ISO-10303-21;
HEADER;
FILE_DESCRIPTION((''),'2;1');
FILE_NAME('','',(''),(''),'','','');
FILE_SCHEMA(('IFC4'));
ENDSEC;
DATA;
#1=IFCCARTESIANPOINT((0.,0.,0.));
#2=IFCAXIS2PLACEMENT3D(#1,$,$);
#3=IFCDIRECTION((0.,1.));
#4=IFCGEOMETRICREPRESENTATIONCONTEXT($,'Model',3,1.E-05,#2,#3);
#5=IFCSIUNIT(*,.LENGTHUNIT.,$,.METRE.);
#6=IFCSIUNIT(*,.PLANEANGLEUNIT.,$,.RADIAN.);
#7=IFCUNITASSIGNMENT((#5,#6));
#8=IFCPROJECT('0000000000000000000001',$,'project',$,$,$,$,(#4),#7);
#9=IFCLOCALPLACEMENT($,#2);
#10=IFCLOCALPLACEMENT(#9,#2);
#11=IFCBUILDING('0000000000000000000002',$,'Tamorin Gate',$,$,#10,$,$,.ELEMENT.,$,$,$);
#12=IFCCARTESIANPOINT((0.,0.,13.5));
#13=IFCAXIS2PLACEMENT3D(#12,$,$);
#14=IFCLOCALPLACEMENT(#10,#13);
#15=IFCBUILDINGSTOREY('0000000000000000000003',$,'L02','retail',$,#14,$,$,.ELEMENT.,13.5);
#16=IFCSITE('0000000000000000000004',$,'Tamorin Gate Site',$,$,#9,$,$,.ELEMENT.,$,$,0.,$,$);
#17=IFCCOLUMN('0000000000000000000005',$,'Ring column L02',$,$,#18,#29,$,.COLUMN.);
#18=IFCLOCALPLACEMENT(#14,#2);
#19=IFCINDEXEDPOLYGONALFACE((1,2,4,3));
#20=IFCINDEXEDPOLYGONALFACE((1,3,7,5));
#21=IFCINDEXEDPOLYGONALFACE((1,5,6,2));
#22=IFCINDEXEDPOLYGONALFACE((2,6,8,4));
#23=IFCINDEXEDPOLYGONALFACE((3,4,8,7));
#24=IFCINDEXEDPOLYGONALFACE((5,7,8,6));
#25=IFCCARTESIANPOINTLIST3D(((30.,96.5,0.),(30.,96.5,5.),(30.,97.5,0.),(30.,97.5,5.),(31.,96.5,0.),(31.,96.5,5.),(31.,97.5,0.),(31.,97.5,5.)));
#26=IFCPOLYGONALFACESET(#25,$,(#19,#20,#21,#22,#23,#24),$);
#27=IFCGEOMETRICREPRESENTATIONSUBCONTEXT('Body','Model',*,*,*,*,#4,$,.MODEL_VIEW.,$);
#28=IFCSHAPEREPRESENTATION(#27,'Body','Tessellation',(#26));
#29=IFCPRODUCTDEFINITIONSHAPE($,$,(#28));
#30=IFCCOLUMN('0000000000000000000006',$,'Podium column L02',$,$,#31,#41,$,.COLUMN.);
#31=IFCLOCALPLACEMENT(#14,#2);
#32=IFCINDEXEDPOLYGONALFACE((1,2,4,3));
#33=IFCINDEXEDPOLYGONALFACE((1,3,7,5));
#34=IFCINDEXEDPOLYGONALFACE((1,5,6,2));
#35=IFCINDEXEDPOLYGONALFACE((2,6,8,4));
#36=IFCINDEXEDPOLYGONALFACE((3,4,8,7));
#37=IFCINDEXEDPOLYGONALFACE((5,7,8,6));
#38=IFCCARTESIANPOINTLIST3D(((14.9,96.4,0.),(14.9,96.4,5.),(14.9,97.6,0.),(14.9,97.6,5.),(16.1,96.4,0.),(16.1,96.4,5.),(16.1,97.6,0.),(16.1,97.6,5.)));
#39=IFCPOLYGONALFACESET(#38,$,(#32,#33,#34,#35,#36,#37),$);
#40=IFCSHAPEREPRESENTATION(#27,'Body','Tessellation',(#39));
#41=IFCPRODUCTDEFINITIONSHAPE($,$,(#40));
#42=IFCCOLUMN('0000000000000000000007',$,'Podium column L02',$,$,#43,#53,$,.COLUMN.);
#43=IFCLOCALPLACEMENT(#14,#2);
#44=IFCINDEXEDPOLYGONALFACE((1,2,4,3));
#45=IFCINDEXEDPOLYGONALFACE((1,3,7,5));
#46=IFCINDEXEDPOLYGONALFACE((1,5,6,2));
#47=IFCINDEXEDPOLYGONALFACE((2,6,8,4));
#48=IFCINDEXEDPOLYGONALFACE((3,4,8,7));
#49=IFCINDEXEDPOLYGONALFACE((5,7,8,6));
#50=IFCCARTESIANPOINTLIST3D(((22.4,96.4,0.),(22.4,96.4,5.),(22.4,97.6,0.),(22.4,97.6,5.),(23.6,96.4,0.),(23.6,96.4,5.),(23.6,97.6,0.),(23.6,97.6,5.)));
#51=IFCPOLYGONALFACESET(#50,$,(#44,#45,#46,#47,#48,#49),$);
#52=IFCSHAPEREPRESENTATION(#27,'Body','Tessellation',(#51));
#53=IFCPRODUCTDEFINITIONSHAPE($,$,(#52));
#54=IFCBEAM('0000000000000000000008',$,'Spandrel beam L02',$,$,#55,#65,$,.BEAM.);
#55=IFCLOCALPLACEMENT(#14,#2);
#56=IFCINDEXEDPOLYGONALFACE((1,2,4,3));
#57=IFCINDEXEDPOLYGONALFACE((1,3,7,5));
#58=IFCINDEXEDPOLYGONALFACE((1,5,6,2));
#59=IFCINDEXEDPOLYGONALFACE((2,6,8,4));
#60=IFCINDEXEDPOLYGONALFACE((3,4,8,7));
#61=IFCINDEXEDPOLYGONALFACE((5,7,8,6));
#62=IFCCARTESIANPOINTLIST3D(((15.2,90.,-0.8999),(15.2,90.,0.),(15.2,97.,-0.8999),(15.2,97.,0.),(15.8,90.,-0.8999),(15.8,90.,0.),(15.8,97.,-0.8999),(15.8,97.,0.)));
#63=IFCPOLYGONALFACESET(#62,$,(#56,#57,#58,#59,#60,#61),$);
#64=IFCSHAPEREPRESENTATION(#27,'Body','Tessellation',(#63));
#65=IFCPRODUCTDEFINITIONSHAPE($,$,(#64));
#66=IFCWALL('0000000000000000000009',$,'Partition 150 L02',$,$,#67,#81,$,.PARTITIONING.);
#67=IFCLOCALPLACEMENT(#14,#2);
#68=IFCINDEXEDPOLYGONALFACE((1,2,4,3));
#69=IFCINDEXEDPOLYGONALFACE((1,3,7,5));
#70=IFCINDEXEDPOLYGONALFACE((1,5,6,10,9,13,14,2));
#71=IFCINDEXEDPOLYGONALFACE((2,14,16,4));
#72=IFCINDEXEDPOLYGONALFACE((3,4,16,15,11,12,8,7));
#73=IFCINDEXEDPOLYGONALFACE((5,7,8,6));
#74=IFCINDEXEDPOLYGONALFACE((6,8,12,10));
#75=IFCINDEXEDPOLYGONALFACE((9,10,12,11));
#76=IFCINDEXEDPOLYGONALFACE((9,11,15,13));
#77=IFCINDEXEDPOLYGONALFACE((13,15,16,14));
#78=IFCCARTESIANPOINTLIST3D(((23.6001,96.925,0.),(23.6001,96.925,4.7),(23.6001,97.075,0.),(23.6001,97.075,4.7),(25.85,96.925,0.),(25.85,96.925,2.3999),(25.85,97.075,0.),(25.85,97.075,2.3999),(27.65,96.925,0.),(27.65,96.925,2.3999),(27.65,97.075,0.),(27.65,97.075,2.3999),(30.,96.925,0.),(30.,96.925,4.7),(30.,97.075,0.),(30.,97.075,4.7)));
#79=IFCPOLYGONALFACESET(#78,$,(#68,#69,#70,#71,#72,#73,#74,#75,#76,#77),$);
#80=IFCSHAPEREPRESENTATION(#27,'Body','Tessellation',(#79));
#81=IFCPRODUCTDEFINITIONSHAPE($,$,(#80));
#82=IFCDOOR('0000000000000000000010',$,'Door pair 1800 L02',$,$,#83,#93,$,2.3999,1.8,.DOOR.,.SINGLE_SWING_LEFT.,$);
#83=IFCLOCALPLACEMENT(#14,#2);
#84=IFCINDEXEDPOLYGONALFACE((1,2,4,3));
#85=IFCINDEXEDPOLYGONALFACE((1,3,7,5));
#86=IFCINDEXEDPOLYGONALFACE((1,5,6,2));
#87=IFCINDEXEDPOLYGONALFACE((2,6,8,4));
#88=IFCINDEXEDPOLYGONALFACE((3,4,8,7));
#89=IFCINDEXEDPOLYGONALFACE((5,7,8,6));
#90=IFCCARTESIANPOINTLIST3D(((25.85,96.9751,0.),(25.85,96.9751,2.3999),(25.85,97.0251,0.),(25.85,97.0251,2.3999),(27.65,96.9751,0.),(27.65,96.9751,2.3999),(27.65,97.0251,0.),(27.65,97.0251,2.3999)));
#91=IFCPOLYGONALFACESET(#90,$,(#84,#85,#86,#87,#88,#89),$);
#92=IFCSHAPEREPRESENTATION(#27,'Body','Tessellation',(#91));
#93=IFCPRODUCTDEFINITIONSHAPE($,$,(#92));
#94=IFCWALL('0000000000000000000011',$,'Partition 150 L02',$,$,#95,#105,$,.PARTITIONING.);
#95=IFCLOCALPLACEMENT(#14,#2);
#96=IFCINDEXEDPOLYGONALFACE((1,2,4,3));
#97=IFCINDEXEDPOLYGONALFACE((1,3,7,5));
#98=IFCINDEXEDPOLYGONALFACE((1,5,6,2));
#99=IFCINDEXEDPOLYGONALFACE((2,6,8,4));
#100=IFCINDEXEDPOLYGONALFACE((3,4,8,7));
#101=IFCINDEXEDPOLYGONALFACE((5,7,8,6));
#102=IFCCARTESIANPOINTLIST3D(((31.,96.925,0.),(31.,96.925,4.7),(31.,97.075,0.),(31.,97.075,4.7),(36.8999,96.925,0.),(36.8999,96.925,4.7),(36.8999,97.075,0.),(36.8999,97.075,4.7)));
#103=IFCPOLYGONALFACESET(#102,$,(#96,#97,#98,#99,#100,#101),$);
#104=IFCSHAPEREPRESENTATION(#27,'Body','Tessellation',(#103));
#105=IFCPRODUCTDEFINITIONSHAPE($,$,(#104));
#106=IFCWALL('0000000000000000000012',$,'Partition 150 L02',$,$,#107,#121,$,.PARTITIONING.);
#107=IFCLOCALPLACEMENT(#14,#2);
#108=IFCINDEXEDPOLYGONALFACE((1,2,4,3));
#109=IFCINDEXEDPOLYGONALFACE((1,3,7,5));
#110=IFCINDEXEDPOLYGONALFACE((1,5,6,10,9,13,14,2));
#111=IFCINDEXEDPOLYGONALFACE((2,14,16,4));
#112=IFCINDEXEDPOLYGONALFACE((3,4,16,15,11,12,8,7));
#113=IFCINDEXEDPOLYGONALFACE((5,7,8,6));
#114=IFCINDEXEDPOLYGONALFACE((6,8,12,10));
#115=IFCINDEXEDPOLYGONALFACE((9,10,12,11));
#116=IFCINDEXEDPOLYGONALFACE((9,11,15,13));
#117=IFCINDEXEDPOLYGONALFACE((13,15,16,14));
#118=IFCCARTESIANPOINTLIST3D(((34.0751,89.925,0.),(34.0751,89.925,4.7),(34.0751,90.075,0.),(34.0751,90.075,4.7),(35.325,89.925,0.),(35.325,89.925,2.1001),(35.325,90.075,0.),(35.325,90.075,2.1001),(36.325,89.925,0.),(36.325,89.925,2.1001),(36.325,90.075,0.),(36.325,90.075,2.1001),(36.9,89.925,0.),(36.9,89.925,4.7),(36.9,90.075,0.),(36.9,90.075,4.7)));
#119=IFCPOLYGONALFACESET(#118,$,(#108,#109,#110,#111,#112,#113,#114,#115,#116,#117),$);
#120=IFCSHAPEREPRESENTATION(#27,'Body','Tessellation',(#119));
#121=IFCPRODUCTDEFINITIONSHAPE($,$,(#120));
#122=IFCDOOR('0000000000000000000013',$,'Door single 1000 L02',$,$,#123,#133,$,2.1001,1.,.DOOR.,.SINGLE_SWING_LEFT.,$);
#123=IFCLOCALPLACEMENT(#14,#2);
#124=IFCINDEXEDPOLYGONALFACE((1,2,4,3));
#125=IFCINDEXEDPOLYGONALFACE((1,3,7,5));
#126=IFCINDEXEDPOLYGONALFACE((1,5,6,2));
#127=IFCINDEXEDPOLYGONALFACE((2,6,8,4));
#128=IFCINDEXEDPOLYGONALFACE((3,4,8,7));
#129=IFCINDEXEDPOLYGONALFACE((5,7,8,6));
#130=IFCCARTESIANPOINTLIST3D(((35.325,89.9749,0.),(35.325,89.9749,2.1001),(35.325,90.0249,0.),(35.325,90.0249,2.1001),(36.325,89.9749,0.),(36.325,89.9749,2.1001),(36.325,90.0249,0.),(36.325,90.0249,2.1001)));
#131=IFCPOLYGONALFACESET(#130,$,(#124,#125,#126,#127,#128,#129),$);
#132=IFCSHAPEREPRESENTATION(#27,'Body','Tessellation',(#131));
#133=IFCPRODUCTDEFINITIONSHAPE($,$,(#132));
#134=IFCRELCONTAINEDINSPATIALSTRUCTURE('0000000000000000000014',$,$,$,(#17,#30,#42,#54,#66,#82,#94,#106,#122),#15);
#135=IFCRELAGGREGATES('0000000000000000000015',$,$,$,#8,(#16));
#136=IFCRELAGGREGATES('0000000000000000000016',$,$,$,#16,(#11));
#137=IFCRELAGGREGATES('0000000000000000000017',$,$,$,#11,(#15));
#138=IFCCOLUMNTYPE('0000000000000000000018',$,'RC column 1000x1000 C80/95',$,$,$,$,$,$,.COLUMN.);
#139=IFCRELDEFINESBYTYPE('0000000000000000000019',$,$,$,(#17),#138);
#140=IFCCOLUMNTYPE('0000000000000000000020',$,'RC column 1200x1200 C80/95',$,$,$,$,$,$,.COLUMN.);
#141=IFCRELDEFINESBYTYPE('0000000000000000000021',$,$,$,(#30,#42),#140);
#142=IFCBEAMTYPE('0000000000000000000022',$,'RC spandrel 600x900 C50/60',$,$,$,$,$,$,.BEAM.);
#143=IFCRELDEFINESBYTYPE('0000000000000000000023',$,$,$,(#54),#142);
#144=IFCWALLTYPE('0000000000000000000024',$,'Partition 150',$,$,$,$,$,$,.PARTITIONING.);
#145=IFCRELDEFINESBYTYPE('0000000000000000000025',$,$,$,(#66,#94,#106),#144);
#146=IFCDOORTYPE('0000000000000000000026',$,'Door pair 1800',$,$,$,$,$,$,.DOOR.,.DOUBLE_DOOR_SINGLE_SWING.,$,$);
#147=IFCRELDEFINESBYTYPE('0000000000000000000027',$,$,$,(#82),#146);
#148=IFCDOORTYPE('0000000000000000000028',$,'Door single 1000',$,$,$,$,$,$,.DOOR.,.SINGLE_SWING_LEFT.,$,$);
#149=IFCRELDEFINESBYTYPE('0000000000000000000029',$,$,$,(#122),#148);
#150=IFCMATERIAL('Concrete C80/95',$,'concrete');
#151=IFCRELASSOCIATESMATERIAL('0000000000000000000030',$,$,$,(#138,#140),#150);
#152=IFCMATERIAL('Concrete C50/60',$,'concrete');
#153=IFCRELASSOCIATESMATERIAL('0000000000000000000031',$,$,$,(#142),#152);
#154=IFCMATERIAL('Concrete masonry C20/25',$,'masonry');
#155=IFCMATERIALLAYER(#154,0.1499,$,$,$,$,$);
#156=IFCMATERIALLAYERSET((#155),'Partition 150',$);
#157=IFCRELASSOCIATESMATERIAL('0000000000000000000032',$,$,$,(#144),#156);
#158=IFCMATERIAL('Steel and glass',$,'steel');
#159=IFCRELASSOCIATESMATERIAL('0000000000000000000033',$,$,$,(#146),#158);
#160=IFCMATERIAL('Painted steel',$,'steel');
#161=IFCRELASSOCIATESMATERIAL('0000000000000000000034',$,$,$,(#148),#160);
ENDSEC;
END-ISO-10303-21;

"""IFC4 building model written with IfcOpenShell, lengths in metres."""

from ifc_helpers import new_model, si_unit, direction, frame, frame_2d, origin, origin_2d, place, context, subcontext, project, spatial, rectangle, extrude, material, layer, layer_set, material_profile, profile_set, type_object, element, fill, save


model = new_model("IFC4")

# Units and contexts
model_context = context("Model", 3, precision=1e-05, world=origin(), true_north=direction((0.0, 1.0)))
body_context = subcontext(model_context, "Body", "Model", "MODEL_VIEW")
ifc_project = project(units=[si_unit("LENGTHUNIT", "METRE"), si_unit("PLANEANGLEUNIT", "RADIAN")], contexts=[model_context])

# Site, building, storey
site_placement = place(None, origin())
site = spatial("IfcSite", under=ifc_project, at=site_placement, Name="Tamorin Gate Site", CompositionType="ELEMENT", RefElevation=0.0)
building_placement = place(site_placement, origin())
building = spatial("IfcBuilding", under=site, at=building_placement, Name="Tamorin Gate", CompositionType="ELEMENT")
storey_placement = place(building_placement, frame((0.0, 0.0, 13.5)))
storey = spatial("IfcBuildingStorey", under=building, at=storey_placement, Name="L02", Description="retail", CompositionType="ELEMENT", Elevation=13.5)

# Columns
ifc_material_1 = material(Name="Concrete C80/95", Category="concrete")
ifc_material_profile_1 = material_profile(ifc_material_1, rectangle(XDim=1.0, YDim=1.0, at=origin_2d()), Name="RC 1000x1000")
ifc_profile_set_1 = profile_set([ifc_material_profile_1], Name="Concrete C80/95")
column_type_1 = type_object("IfcColumnType", Name="RC column 1000x1000 C80/95", PredefinedType="COLUMN", material=ifc_profile_set_1)
column_placement = place(storey_placement, frame((30.5, 97.0, 0.0), z_axis=(0.0, 0.0, 1.0), x_axis=(1.0, 0.0, 0.0)))
element("IfcColumn", 1, at=column_placement, inside=storey, type_object=column_type_1, Name="Ring column L02", PredefinedType="COLUMN", context=body_context, shape_type="SweptSolid", body=[
    extrude(rectangle(XDim=1.0, YDim=1.0, at=origin_2d()), origin(), (0.0, 0.0, 1.0), 5.0),
])
ifc_material_profile_2 = material_profile(ifc_material_1, rectangle(XDim=1.2, YDim=1.2, at=origin_2d()), Name="RC 1200x1200")
ifc_profile_set_2 = profile_set([ifc_material_profile_2], Name="Concrete C80/95")
column_type_2 = type_object("IfcColumnType", Name="RC column 1200x1200 C80/95", PredefinedType="COLUMN", material=ifc_profile_set_2)
for number, where, z_axis, x_axis, name in (
    (2, (15.5, 97.0, 0.0), (0.0, 0.0, 1.0), (1.0, 0.0, 0.0), "Podium column L02"),
    (3, (23.0, 97.0, 0.0), (0.0, 0.0, 1.0), (1.0, 0.0, 0.0), "Podium column L02"),
):
    element("IfcColumn", number, at=place(storey_placement, frame(where, z_axis=z_axis, x_axis=x_axis)), inside=storey, type_object=column_type_2, Name=name, PredefinedType="COLUMN", context=body_context, shape_type="SweptSolid", body=[
        extrude(rectangle(XDim=1.2, YDim=1.2, at=origin_2d()), origin(), (0.0, 0.0, 1.0), 5.0),
    ])

# Beam
ifc_material_2 = material(Name="Concrete C50/60", Category="concrete")
ifc_material_profile_3 = material_profile(ifc_material_2, rectangle(XDim=0.6001, YDim=0.8999, at=origin_2d()), Name="RC 600x900")
ifc_profile_set_3 = profile_set([ifc_material_profile_3], Name="Concrete C50/60")
beam_type = type_object("IfcBeamType", Name="RC spandrel 600x900 C50/60", PredefinedType="BEAM", material=ifc_profile_set_3)
beam_placement = place(storey_placement, frame((15.5, 97.0, -0.45), z_axis=(0.0, -1.0, 0.0), x_axis=(1.0, 0.0, 0.0)))
element("IfcBeam", 4, at=beam_placement, inside=storey, type_object=beam_type, Name="Spandrel beam L02", PredefinedType="BEAM", context=body_context, shape_type="SweptSolid", body=[
    extrude(rectangle(XDim=0.6001, YDim=0.8999, at=origin_2d()), origin(), (0.0, 0.0, 1.0), 7.0),
])

# Wall, opening, door
ifc_material_3 = material(Name="Concrete masonry C20/25", Category="masonry")
ifc_layer_1 = layer(ifc_material_3, 0.1499)
ifc_layer_set_1 = layer_set([ifc_layer_1], Name="Partition 150")
wall_type_1 = type_object("IfcWallType", Name="Partition 150", PredefinedType="PARTITIONING", material=ifc_layer_set_1)
wall_1_placement = place(storey_placement, frame((30.0, 97.0, 0.0), z_axis=(0.0, 0.0, 1.0), x_axis=(-1.0, 0.0, 0.0)))
wall_1 = element("IfcWall", 5, at=wall_1_placement, inside=storey, type_object=wall_type_1, Name="Partition 150 L02", PredefinedType="PARTITIONING", context=body_context, shape_type="SweptSolid", body=[
    extrude(rectangle(XDim=6.3999, YDim=0.1499, at=frame_2d((3.2, 0.0))), origin(), (0.0, 0.0, 1.0), 4.7),
])
opening_1_placement = place(wall_1_placement, frame((2.3501, 0.0, 0.0)))
opening_1 = element("IfcOpeningElement", 6, at=opening_1_placement, cuts=wall_1, PredefinedType="OPENING", context=body_context, shape_type="SweptSolid", body=[
    extrude(rectangle(XDim=1.8, YDim=2.3999, at=frame_2d((0.8999, 1.2))), frame((0.0, 0.085, 0.0), z_axis=(0.0, -1.0, 0.0), x_axis=(1.0, 0.0, 0.0)), (0.0, 0.0, 1.0), 0.1699),
])
ifc_material_4 = material(Name="Steel and glass", Category="steel")
door_type_1 = type_object("IfcDoorType", Name="Door pair 1800", OperationType="DOUBLE_DOOR_SINGLE_SWING", PredefinedType="DOOR", material=ifc_material_4)
door_1_placement = place(opening_1_placement, origin())
door_1 = element("IfcDoor", 7, at=door_1_placement, inside=storey, type_object=door_type_1, Name="Door pair 1800 L02", OperationType="SINGLE_SWING_LEFT", OverallHeight=2.3999, OverallWidth=1.8, PredefinedType="DOOR", context=body_context, shape_type="SweptSolid", body=[
    extrude(rectangle(XDim=1.8, YDim=2.3999, at=frame_2d((0.8999, 1.2))), frame((0.0, 0.0249, 0.0), z_axis=(0.0, -1.0, 0.0), x_axis=(1.0, 0.0, 0.0)), (0.0, 0.0, 1.0), 0.05),
])
fill(opening_1, door_1)

# Wall
wall_2_placement = place(storey_placement, frame((31.0, 97.0, 0.0), z_axis=(0.0, 0.0, 1.0), x_axis=(1.0, 0.0, 0.0)))
element("IfcWall", 8, at=wall_2_placement, inside=storey, type_object=wall_type_1, Name="Partition 150 L02", PredefinedType="PARTITIONING", context=body_context, shape_type="SweptSolid", body=[
    extrude(rectangle(XDim=5.8999, YDim=0.1499, at=frame_2d((2.95, 0.0))), origin(), (0.0, 0.0, 1.0), 4.7),
])

# Wall, opening, door
wall_3_placement = place(storey_placement, frame((34.075, 90.0, 0.0), z_axis=(0.0, 0.0, 1.0), x_axis=(1.0, 0.0, 0.0)))
wall_3 = element("IfcWall", 9, at=wall_3_placement, inside=storey, type_object=wall_type_1, Name="Partition 150 L02", PredefinedType="PARTITIONING", context=body_context, shape_type="SweptSolid", body=[
    extrude(rectangle(XDim=2.825, YDim=0.1499, at=frame_2d((1.4126, 0.0))), origin(), (0.0, 0.0, 1.0), 4.7),
])
opening_2_placement = place(wall_3_placement, frame((1.25, 0.0, 0.0)))
opening_2 = element("IfcOpeningElement", 10, at=opening_2_placement, cuts=wall_3, PredefinedType="OPENING", context=body_context, shape_type="SweptSolid", body=[
    extrude(rectangle(XDim=1.0, YDim=2.1001, at=frame_2d((0.5, 1.05))), frame((0.0, 0.085, 0.0), z_axis=(0.0, -1.0, 0.0), x_axis=(1.0, 0.0, 0.0)), (0.0, 0.0, 1.0), 0.1699),
])
ifc_material_5 = material(Name="Painted steel", Category="steel")
door_type_2 = type_object("IfcDoorType", Name="Door single 1000", OperationType="SINGLE_SWING_LEFT", PredefinedType="DOOR", material=ifc_material_5)
door_2_placement = place(opening_2_placement, origin())
door_2 = element("IfcDoor", 11, at=door_2_placement, inside=storey, type_object=door_type_2, Name="Door single 1000 L02", OperationType="SINGLE_SWING_LEFT", OverallHeight=2.1001, OverallWidth=1.0, PredefinedType="DOOR", context=body_context, shape_type="SweptSolid", body=[
    extrude(rectangle(XDim=1.0, YDim=2.1001, at=frame_2d((0.5, 1.05))), frame((0.0, 0.0249, 0.0), z_axis=(0.0, -1.0, 0.0), x_axis=(1.0, 0.0, 0.0)), (0.0, 0.0, 1.0), 0.05),
])
fill(opening_2, door_2)

save(model, "model.ifc")
